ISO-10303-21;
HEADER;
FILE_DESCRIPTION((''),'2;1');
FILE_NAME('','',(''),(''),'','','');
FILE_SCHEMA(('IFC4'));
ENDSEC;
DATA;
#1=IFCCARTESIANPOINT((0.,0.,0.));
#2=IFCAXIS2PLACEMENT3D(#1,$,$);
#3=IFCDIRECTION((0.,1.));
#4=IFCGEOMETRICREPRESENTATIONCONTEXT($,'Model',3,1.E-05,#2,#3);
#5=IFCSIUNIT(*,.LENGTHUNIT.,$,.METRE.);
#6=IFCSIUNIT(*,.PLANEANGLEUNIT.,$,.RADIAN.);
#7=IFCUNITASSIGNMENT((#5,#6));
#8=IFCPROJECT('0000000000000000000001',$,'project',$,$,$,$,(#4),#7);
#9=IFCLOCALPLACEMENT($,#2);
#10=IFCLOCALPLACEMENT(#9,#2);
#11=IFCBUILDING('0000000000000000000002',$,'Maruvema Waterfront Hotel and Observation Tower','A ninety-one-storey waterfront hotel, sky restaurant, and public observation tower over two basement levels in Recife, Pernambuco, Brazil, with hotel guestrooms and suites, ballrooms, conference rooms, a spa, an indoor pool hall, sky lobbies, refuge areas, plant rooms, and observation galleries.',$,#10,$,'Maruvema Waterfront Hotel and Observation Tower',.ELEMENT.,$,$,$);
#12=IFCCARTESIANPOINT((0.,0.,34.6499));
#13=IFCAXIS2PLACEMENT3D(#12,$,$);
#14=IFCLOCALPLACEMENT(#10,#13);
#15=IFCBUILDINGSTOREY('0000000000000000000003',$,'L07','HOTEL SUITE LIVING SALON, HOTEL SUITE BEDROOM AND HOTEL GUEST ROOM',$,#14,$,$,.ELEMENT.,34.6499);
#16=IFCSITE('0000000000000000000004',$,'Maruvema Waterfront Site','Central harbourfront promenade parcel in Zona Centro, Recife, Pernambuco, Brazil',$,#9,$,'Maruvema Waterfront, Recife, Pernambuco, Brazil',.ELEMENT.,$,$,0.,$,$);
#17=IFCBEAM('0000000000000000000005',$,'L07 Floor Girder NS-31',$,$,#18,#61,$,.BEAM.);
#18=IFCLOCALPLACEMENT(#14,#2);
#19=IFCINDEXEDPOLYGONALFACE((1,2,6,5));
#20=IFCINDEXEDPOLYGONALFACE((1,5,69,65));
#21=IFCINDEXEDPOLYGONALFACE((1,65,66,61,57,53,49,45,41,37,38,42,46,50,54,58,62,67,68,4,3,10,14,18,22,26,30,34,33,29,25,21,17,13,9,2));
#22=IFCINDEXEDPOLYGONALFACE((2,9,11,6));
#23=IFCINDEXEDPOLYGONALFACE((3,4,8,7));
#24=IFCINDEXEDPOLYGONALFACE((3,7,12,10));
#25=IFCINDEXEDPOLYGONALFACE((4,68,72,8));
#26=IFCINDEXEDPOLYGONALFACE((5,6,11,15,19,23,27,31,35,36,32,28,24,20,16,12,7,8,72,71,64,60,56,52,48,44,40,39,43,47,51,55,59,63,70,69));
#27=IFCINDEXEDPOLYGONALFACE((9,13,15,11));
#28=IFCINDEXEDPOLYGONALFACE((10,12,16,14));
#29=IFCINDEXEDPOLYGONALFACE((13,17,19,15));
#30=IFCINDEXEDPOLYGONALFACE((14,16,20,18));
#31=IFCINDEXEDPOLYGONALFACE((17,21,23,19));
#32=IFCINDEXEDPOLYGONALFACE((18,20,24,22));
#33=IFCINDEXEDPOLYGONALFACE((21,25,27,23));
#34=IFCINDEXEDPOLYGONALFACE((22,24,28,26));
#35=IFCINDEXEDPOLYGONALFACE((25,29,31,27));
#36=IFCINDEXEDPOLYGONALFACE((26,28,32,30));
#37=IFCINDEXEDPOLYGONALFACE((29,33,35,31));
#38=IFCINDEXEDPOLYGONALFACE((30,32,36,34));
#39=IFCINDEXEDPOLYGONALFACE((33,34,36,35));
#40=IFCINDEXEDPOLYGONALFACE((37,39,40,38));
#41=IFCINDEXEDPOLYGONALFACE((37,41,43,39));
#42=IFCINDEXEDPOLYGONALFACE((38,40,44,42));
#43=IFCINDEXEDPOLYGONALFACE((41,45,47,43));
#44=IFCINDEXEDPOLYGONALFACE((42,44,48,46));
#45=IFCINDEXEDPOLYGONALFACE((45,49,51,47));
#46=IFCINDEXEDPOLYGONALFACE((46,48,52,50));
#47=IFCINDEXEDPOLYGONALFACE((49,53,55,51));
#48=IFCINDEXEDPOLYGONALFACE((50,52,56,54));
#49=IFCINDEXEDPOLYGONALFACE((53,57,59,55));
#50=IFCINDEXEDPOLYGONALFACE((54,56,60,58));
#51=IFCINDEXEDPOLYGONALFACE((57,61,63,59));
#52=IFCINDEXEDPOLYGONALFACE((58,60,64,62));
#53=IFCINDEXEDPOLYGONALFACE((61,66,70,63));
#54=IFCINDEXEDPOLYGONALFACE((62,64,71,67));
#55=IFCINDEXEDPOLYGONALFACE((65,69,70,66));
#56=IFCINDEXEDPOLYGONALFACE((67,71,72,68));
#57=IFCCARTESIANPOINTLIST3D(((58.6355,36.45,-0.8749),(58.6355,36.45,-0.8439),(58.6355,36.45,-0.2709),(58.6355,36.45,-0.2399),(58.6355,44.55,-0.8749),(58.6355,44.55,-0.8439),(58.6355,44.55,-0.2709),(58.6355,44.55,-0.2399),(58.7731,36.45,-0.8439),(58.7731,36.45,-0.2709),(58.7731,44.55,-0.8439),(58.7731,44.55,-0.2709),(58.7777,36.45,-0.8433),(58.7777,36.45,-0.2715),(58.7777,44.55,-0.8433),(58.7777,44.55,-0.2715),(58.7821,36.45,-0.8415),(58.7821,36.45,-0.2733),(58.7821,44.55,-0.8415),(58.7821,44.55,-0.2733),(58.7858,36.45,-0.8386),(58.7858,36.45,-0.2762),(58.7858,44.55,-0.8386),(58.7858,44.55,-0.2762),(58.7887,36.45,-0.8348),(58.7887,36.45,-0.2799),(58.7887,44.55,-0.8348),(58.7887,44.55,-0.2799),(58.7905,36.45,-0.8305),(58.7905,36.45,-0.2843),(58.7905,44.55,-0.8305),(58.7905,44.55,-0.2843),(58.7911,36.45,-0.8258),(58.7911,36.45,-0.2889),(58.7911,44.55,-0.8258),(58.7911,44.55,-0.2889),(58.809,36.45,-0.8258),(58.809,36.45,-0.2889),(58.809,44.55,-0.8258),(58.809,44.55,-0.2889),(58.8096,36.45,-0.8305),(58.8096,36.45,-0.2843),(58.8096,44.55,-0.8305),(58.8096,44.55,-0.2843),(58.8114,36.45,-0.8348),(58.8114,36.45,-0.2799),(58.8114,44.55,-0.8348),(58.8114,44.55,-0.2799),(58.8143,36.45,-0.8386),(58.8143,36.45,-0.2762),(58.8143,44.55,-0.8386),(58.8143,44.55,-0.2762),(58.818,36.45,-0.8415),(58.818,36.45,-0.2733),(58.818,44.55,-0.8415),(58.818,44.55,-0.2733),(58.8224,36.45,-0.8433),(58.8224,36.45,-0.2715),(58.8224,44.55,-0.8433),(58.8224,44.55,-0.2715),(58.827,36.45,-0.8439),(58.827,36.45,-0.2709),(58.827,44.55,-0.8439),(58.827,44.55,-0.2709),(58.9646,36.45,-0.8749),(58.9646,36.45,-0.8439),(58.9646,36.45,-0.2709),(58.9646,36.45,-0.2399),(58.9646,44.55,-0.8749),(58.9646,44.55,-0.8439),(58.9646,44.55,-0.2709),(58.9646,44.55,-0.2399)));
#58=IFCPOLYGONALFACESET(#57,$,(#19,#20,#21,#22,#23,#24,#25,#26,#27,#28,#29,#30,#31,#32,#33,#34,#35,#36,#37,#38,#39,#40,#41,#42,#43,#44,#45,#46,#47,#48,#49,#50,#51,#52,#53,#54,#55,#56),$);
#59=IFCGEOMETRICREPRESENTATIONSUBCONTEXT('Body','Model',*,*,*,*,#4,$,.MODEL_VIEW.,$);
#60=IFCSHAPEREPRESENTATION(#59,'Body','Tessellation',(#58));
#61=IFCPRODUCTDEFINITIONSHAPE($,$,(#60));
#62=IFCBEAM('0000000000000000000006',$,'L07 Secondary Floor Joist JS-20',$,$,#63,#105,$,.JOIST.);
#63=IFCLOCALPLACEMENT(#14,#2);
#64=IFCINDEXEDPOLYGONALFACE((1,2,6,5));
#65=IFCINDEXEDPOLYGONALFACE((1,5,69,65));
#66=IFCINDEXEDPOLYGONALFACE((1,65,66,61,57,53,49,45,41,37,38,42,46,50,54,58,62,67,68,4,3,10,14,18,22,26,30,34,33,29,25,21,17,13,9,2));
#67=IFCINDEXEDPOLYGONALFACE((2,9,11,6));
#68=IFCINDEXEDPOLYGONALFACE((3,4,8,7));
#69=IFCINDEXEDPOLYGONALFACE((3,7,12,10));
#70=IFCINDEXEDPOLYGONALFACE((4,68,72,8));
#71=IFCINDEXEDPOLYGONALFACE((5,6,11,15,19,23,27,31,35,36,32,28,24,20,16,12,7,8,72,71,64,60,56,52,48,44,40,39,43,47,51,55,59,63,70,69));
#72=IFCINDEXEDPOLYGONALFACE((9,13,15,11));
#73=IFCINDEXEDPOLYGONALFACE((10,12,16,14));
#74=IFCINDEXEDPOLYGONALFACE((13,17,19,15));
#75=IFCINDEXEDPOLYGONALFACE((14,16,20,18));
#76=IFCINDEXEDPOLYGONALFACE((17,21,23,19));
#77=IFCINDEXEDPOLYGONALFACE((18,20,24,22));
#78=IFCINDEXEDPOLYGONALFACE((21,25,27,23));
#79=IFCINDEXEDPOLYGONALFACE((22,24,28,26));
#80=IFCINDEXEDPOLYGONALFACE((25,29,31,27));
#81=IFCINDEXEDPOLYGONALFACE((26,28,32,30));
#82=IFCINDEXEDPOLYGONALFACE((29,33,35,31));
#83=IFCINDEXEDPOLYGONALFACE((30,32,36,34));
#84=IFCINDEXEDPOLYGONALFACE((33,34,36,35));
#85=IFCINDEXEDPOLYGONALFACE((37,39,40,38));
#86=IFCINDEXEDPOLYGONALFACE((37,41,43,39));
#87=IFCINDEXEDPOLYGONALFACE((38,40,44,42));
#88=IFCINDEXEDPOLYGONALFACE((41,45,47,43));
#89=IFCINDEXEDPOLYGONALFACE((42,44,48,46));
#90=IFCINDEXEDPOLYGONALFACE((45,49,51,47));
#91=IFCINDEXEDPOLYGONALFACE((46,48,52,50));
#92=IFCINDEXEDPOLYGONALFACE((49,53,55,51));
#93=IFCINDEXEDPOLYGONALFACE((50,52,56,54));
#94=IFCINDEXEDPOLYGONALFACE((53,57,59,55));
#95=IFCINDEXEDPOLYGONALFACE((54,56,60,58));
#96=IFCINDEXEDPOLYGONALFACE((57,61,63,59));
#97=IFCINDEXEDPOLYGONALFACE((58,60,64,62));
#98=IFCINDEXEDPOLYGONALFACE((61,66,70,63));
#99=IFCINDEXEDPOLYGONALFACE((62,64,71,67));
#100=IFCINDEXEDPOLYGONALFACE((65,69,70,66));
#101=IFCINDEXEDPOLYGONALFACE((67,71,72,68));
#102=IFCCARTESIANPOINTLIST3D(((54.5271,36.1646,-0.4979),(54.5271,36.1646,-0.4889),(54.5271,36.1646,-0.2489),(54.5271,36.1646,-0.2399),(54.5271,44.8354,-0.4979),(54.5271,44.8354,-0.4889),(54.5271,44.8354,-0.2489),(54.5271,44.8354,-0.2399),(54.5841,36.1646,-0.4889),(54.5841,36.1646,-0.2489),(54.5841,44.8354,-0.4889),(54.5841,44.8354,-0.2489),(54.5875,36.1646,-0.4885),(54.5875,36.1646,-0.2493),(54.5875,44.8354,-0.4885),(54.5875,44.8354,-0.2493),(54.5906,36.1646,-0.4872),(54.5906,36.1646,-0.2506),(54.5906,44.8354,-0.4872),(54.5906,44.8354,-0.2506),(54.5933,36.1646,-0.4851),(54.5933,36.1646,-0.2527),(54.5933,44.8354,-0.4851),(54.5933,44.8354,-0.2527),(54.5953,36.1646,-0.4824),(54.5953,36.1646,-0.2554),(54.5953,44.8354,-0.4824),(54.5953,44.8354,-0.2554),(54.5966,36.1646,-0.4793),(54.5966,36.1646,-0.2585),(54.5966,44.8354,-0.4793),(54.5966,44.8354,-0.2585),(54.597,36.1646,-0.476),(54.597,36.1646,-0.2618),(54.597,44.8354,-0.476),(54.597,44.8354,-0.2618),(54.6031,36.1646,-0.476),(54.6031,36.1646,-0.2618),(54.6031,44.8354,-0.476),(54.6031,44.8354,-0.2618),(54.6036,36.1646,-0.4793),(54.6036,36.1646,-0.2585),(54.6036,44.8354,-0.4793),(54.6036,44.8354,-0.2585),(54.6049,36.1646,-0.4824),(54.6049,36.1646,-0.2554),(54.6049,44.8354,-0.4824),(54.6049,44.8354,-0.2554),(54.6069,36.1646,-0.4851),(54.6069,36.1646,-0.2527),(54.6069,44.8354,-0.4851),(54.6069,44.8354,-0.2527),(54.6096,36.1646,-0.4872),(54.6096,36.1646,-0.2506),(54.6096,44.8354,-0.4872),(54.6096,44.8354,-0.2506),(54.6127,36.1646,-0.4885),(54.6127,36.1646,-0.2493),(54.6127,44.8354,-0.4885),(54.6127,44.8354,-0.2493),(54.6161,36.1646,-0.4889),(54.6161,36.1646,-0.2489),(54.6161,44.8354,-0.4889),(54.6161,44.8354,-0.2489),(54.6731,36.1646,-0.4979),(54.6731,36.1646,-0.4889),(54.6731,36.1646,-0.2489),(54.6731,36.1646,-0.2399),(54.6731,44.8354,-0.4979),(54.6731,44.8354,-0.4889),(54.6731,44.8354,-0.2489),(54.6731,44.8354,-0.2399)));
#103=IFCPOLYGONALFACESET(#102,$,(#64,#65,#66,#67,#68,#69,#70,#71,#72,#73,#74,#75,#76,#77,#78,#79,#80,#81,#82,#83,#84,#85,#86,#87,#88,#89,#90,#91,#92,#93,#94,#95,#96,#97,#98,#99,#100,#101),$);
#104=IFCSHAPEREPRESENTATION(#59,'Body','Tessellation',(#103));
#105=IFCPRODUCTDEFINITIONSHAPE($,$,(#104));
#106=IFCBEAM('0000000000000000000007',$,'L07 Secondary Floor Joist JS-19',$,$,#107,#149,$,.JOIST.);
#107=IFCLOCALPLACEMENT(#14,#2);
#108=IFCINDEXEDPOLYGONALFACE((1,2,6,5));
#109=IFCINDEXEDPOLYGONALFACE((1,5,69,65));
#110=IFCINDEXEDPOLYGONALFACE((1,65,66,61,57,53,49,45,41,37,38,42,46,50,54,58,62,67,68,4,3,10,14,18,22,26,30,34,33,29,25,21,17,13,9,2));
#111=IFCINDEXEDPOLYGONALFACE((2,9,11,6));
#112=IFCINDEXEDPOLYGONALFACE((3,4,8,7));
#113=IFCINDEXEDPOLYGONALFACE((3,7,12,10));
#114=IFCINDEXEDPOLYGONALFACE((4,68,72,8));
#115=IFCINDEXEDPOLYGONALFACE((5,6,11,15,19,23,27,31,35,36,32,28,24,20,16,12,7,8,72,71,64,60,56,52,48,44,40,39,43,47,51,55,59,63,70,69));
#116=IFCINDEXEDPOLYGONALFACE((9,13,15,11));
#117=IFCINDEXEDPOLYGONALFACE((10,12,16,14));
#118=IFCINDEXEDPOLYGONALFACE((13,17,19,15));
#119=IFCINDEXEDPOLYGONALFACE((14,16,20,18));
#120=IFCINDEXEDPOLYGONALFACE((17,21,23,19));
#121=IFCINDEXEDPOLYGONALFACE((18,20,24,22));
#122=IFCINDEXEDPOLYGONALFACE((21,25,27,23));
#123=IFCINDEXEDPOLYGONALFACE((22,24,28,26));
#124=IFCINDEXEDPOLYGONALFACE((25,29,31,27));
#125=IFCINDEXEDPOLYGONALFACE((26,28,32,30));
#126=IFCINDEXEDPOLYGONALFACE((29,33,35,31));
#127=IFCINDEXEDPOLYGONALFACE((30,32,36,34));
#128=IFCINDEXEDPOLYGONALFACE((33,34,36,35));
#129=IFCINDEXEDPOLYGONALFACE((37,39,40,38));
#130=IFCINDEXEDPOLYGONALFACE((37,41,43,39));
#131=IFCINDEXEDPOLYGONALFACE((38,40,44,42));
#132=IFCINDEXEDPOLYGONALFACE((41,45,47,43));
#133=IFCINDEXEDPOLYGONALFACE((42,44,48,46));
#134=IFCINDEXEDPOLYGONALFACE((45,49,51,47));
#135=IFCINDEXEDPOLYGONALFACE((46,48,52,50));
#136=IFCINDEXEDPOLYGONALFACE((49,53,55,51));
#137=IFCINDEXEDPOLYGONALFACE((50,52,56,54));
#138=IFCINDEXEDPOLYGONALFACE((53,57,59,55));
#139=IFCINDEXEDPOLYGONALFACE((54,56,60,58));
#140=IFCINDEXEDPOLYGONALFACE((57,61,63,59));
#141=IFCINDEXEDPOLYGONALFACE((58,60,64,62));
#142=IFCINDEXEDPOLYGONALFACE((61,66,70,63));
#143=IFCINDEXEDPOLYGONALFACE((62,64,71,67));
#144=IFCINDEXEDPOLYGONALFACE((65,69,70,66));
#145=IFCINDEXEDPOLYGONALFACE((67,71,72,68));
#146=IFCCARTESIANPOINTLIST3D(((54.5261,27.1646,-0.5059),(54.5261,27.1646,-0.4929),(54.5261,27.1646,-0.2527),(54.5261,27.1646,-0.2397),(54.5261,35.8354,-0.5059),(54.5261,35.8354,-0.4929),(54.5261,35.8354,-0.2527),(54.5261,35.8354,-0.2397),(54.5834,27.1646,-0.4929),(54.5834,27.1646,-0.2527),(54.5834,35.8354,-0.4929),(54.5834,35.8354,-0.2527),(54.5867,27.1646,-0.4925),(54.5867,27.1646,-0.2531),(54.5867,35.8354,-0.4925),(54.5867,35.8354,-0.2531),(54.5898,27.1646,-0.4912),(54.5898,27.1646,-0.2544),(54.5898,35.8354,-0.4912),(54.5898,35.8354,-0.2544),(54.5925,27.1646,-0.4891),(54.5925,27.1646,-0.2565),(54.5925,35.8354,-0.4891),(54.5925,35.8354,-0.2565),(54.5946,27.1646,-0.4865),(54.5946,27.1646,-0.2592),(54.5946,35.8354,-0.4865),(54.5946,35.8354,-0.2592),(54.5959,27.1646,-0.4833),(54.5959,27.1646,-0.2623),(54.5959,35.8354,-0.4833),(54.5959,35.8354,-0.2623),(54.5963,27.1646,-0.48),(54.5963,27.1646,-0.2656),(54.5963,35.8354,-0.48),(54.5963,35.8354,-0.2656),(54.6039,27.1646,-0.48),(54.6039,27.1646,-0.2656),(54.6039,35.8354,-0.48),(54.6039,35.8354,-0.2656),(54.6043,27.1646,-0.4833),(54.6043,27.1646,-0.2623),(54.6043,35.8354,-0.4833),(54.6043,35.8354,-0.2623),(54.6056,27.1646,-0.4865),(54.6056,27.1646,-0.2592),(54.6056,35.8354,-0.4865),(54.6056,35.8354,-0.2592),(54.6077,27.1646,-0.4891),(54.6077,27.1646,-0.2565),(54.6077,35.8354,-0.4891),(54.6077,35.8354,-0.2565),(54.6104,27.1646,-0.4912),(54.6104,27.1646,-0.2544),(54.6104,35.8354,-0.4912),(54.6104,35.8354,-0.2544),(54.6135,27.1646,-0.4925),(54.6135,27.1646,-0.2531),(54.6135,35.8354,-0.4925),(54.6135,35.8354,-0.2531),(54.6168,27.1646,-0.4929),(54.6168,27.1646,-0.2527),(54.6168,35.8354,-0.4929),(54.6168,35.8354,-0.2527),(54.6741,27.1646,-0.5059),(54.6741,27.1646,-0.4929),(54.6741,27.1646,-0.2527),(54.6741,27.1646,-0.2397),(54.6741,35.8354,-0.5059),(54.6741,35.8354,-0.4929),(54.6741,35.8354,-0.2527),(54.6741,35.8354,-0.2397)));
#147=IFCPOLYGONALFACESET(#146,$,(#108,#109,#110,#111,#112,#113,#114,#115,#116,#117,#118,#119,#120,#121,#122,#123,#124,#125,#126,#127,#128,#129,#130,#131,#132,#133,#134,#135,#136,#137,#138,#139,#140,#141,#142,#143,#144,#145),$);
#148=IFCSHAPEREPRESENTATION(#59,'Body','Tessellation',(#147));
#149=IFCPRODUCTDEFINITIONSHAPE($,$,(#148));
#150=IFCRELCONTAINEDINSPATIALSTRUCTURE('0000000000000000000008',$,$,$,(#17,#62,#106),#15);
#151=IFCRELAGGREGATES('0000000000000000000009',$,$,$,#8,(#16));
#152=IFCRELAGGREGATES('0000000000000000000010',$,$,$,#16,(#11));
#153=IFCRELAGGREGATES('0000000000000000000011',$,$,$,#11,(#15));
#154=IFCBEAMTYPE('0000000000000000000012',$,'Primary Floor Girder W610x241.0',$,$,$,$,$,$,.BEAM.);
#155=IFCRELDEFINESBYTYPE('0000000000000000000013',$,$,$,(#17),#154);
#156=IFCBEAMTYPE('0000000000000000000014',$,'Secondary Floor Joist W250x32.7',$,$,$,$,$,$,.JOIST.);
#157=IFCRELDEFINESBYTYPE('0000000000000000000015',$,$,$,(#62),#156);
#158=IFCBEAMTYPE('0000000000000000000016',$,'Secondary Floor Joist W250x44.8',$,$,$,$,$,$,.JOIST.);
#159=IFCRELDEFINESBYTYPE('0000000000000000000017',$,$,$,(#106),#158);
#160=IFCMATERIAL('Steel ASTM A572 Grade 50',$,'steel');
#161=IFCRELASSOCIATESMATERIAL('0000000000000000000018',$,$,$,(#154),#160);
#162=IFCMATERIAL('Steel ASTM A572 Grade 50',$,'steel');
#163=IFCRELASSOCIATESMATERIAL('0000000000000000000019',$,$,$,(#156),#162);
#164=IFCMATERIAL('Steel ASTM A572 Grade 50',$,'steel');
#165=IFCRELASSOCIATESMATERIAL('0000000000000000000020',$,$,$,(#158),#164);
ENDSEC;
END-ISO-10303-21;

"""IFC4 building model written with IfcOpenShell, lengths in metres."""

from ifc_helpers import new_model, si_unit, direction, frame, origin, origin_2d, place, context, subcontext, project, spatial, i_section, extrude, material, material_profile, profile_set, type_object, element, save


model = new_model("IFC4")

# Units and contexts
model_context = context("Model", 3, precision=1e-05, world=origin(), true_north=direction((0.0, 1.0)))
body_context = subcontext(model_context, "Body", "Model", "MODEL_VIEW")
ifc_project = project(units=[si_unit("LENGTHUNIT", "METRE"), si_unit("PLANEANGLEUNIT", "RADIAN")], contexts=[model_context])

# Site, building, storey
site_placement = place(None, origin())
site = spatial("IfcSite", under=ifc_project, at=site_placement, Name="Maruvema Waterfront Site", Description="Central harbourfront promenade parcel in Zona Centro, Recife, Pernambuco, Brazil", LongName="Maruvema Waterfront, Recife, Pernambuco, Brazil", CompositionType="ELEMENT", RefElevation=0.0)
building_placement = place(site_placement, origin())
building = spatial("IfcBuilding", under=site, at=building_placement, Name="Maruvema Waterfront Hotel and Observation Tower", Description="A ninety-one-storey waterfront hotel, sky restaurant, and public observation tower over two basement levels in Recife, Pernambuco, Brazil, with hotel guestrooms and suites, ballrooms, conference rooms, a spa, an indoor pool hall, sky lobbies, refuge areas, plant rooms, and observation galleries.", LongName="Maruvema Waterfront Hotel and Observation Tower", CompositionType="ELEMENT")
storey_placement = place(building_placement, frame((0.0, 0.0, 34.6499)))
storey = spatial("IfcBuildingStorey", under=building, at=storey_placement, Name="L07", Description="HOTEL SUITE LIVING SALON, HOTEL SUITE BEDROOM AND HOTEL GUEST ROOM", CompositionType="ELEMENT", Elevation=34.6499)

# Beams
ifc_material_1 = material(Name="Steel ASTM A572 Grade 50", Category="steel")
ifc_material_profile_1 = material_profile(ifc_material_1, i_section(OverallWidth=0.3291, OverallDepth=0.635, WebThickness=0.0178, FlangeThickness=0.031, FilletRadius=0.0181, at=origin_2d()), Name="W610x241.0")
ifc_profile_set_1 = profile_set([ifc_material_profile_1], Name="Steel ASTM A572 Grade 50")
beam_type_1 = type_object("IfcBeamType", Name="Primary Floor Girder W610x241.0", PredefinedType="BEAM", material=ifc_profile_set_1)
for number, where, z_axis, x_axis, name in (
    (1, (58.8, 36.45, -0.5574), (0.0, 1.0, 0.0), (-1.0, 0.0, 0.0), "L07 Floor Girder NS-31"),
):
    element("IfcBeam", number, at=place(storey_placement, frame(where, z_axis=z_axis, x_axis=x_axis)), inside=storey, type_object=beam_type_1, Name=name, PredefinedType="BEAM", context=body_context, shape_type="SweptSolid", body=[
        extrude(i_section(OverallWidth=0.3291, OverallDepth=0.635, WebThickness=0.0178, FlangeThickness=0.031, FilletRadius=0.0181, at=origin_2d()), origin(), (0.0, 0.0, 1.0), 8.1001),
    ])
ifc_material_2 = material(Name="Steel ASTM A572 Grade 50", Category="steel")
ifc_material_profile_2 = material_profile(ifc_material_2, i_section(OverallWidth=0.146, OverallDepth=0.2581, WebThickness=0.0061, FlangeThickness=0.009, FilletRadius=0.0129, at=origin_2d()), Name="W250x32.7")
ifc_profile_set_2 = profile_set([ifc_material_profile_2], Name="Steel ASTM A572 Grade 50")
beam_type_2 = type_object("IfcBeamType", Name="Secondary Floor Joist W250x32.7", PredefinedType="JOIST", material=ifc_profile_set_2)
beam_1_placement = place(storey_placement, frame((54.6001, 36.1646, -0.3689), z_axis=(0.0, 1.0, 0.0), x_axis=(-1.0, 0.0, 0.0)))
element("IfcBeam", 2, at=beam_1_placement, inside=storey, type_object=beam_type_2, Name="L07 Secondary Floor Joist JS-20", PredefinedType="JOIST", context=body_context, shape_type="SweptSolid", body=[
    extrude(i_section(OverallWidth=0.146, OverallDepth=0.2581, WebThickness=0.0061, FlangeThickness=0.009, FilletRadius=0.0129, at=origin_2d()), origin(), (0.0, 0.0, 1.0), 8.6709),
])
ifc_material_3 = material(Name="Steel ASTM A572 Grade 50", Category="steel")
ifc_material_profile_3 = material_profile(ifc_material_3, i_section(OverallWidth=0.1479, OverallDepth=0.2661, WebThickness=0.0076, FlangeThickness=0.0129, FilletRadius=0.0129, at=origin_2d()), Name="W250x44.8")
ifc_profile_set_3 = profile_set([ifc_material_profile_3], Name="Steel ASTM A572 Grade 50")
beam_type_3 = type_object("IfcBeamType", Name="Secondary Floor Joist W250x44.8", PredefinedType="JOIST", material=ifc_profile_set_3)
beam_2_placement = place(storey_placement, frame((54.6001, 27.1646, -0.3728), z_axis=(0.0, 1.0, 0.0), x_axis=(-1.0, 0.0, 0.0)))
element("IfcBeam", 3, at=beam_2_placement, inside=storey, type_object=beam_type_3, Name="L07 Secondary Floor Joist JS-19", PredefinedType="JOIST", context=body_context, shape_type="SweptSolid", body=[
    extrude(i_section(OverallWidth=0.1479, OverallDepth=0.2661, WebThickness=0.0076, FlangeThickness=0.0129, FilletRadius=0.0129, at=origin_2d()), origin(), (0.0, 0.0, 1.0), 8.6709),
])

save(model, "model.ifc")
